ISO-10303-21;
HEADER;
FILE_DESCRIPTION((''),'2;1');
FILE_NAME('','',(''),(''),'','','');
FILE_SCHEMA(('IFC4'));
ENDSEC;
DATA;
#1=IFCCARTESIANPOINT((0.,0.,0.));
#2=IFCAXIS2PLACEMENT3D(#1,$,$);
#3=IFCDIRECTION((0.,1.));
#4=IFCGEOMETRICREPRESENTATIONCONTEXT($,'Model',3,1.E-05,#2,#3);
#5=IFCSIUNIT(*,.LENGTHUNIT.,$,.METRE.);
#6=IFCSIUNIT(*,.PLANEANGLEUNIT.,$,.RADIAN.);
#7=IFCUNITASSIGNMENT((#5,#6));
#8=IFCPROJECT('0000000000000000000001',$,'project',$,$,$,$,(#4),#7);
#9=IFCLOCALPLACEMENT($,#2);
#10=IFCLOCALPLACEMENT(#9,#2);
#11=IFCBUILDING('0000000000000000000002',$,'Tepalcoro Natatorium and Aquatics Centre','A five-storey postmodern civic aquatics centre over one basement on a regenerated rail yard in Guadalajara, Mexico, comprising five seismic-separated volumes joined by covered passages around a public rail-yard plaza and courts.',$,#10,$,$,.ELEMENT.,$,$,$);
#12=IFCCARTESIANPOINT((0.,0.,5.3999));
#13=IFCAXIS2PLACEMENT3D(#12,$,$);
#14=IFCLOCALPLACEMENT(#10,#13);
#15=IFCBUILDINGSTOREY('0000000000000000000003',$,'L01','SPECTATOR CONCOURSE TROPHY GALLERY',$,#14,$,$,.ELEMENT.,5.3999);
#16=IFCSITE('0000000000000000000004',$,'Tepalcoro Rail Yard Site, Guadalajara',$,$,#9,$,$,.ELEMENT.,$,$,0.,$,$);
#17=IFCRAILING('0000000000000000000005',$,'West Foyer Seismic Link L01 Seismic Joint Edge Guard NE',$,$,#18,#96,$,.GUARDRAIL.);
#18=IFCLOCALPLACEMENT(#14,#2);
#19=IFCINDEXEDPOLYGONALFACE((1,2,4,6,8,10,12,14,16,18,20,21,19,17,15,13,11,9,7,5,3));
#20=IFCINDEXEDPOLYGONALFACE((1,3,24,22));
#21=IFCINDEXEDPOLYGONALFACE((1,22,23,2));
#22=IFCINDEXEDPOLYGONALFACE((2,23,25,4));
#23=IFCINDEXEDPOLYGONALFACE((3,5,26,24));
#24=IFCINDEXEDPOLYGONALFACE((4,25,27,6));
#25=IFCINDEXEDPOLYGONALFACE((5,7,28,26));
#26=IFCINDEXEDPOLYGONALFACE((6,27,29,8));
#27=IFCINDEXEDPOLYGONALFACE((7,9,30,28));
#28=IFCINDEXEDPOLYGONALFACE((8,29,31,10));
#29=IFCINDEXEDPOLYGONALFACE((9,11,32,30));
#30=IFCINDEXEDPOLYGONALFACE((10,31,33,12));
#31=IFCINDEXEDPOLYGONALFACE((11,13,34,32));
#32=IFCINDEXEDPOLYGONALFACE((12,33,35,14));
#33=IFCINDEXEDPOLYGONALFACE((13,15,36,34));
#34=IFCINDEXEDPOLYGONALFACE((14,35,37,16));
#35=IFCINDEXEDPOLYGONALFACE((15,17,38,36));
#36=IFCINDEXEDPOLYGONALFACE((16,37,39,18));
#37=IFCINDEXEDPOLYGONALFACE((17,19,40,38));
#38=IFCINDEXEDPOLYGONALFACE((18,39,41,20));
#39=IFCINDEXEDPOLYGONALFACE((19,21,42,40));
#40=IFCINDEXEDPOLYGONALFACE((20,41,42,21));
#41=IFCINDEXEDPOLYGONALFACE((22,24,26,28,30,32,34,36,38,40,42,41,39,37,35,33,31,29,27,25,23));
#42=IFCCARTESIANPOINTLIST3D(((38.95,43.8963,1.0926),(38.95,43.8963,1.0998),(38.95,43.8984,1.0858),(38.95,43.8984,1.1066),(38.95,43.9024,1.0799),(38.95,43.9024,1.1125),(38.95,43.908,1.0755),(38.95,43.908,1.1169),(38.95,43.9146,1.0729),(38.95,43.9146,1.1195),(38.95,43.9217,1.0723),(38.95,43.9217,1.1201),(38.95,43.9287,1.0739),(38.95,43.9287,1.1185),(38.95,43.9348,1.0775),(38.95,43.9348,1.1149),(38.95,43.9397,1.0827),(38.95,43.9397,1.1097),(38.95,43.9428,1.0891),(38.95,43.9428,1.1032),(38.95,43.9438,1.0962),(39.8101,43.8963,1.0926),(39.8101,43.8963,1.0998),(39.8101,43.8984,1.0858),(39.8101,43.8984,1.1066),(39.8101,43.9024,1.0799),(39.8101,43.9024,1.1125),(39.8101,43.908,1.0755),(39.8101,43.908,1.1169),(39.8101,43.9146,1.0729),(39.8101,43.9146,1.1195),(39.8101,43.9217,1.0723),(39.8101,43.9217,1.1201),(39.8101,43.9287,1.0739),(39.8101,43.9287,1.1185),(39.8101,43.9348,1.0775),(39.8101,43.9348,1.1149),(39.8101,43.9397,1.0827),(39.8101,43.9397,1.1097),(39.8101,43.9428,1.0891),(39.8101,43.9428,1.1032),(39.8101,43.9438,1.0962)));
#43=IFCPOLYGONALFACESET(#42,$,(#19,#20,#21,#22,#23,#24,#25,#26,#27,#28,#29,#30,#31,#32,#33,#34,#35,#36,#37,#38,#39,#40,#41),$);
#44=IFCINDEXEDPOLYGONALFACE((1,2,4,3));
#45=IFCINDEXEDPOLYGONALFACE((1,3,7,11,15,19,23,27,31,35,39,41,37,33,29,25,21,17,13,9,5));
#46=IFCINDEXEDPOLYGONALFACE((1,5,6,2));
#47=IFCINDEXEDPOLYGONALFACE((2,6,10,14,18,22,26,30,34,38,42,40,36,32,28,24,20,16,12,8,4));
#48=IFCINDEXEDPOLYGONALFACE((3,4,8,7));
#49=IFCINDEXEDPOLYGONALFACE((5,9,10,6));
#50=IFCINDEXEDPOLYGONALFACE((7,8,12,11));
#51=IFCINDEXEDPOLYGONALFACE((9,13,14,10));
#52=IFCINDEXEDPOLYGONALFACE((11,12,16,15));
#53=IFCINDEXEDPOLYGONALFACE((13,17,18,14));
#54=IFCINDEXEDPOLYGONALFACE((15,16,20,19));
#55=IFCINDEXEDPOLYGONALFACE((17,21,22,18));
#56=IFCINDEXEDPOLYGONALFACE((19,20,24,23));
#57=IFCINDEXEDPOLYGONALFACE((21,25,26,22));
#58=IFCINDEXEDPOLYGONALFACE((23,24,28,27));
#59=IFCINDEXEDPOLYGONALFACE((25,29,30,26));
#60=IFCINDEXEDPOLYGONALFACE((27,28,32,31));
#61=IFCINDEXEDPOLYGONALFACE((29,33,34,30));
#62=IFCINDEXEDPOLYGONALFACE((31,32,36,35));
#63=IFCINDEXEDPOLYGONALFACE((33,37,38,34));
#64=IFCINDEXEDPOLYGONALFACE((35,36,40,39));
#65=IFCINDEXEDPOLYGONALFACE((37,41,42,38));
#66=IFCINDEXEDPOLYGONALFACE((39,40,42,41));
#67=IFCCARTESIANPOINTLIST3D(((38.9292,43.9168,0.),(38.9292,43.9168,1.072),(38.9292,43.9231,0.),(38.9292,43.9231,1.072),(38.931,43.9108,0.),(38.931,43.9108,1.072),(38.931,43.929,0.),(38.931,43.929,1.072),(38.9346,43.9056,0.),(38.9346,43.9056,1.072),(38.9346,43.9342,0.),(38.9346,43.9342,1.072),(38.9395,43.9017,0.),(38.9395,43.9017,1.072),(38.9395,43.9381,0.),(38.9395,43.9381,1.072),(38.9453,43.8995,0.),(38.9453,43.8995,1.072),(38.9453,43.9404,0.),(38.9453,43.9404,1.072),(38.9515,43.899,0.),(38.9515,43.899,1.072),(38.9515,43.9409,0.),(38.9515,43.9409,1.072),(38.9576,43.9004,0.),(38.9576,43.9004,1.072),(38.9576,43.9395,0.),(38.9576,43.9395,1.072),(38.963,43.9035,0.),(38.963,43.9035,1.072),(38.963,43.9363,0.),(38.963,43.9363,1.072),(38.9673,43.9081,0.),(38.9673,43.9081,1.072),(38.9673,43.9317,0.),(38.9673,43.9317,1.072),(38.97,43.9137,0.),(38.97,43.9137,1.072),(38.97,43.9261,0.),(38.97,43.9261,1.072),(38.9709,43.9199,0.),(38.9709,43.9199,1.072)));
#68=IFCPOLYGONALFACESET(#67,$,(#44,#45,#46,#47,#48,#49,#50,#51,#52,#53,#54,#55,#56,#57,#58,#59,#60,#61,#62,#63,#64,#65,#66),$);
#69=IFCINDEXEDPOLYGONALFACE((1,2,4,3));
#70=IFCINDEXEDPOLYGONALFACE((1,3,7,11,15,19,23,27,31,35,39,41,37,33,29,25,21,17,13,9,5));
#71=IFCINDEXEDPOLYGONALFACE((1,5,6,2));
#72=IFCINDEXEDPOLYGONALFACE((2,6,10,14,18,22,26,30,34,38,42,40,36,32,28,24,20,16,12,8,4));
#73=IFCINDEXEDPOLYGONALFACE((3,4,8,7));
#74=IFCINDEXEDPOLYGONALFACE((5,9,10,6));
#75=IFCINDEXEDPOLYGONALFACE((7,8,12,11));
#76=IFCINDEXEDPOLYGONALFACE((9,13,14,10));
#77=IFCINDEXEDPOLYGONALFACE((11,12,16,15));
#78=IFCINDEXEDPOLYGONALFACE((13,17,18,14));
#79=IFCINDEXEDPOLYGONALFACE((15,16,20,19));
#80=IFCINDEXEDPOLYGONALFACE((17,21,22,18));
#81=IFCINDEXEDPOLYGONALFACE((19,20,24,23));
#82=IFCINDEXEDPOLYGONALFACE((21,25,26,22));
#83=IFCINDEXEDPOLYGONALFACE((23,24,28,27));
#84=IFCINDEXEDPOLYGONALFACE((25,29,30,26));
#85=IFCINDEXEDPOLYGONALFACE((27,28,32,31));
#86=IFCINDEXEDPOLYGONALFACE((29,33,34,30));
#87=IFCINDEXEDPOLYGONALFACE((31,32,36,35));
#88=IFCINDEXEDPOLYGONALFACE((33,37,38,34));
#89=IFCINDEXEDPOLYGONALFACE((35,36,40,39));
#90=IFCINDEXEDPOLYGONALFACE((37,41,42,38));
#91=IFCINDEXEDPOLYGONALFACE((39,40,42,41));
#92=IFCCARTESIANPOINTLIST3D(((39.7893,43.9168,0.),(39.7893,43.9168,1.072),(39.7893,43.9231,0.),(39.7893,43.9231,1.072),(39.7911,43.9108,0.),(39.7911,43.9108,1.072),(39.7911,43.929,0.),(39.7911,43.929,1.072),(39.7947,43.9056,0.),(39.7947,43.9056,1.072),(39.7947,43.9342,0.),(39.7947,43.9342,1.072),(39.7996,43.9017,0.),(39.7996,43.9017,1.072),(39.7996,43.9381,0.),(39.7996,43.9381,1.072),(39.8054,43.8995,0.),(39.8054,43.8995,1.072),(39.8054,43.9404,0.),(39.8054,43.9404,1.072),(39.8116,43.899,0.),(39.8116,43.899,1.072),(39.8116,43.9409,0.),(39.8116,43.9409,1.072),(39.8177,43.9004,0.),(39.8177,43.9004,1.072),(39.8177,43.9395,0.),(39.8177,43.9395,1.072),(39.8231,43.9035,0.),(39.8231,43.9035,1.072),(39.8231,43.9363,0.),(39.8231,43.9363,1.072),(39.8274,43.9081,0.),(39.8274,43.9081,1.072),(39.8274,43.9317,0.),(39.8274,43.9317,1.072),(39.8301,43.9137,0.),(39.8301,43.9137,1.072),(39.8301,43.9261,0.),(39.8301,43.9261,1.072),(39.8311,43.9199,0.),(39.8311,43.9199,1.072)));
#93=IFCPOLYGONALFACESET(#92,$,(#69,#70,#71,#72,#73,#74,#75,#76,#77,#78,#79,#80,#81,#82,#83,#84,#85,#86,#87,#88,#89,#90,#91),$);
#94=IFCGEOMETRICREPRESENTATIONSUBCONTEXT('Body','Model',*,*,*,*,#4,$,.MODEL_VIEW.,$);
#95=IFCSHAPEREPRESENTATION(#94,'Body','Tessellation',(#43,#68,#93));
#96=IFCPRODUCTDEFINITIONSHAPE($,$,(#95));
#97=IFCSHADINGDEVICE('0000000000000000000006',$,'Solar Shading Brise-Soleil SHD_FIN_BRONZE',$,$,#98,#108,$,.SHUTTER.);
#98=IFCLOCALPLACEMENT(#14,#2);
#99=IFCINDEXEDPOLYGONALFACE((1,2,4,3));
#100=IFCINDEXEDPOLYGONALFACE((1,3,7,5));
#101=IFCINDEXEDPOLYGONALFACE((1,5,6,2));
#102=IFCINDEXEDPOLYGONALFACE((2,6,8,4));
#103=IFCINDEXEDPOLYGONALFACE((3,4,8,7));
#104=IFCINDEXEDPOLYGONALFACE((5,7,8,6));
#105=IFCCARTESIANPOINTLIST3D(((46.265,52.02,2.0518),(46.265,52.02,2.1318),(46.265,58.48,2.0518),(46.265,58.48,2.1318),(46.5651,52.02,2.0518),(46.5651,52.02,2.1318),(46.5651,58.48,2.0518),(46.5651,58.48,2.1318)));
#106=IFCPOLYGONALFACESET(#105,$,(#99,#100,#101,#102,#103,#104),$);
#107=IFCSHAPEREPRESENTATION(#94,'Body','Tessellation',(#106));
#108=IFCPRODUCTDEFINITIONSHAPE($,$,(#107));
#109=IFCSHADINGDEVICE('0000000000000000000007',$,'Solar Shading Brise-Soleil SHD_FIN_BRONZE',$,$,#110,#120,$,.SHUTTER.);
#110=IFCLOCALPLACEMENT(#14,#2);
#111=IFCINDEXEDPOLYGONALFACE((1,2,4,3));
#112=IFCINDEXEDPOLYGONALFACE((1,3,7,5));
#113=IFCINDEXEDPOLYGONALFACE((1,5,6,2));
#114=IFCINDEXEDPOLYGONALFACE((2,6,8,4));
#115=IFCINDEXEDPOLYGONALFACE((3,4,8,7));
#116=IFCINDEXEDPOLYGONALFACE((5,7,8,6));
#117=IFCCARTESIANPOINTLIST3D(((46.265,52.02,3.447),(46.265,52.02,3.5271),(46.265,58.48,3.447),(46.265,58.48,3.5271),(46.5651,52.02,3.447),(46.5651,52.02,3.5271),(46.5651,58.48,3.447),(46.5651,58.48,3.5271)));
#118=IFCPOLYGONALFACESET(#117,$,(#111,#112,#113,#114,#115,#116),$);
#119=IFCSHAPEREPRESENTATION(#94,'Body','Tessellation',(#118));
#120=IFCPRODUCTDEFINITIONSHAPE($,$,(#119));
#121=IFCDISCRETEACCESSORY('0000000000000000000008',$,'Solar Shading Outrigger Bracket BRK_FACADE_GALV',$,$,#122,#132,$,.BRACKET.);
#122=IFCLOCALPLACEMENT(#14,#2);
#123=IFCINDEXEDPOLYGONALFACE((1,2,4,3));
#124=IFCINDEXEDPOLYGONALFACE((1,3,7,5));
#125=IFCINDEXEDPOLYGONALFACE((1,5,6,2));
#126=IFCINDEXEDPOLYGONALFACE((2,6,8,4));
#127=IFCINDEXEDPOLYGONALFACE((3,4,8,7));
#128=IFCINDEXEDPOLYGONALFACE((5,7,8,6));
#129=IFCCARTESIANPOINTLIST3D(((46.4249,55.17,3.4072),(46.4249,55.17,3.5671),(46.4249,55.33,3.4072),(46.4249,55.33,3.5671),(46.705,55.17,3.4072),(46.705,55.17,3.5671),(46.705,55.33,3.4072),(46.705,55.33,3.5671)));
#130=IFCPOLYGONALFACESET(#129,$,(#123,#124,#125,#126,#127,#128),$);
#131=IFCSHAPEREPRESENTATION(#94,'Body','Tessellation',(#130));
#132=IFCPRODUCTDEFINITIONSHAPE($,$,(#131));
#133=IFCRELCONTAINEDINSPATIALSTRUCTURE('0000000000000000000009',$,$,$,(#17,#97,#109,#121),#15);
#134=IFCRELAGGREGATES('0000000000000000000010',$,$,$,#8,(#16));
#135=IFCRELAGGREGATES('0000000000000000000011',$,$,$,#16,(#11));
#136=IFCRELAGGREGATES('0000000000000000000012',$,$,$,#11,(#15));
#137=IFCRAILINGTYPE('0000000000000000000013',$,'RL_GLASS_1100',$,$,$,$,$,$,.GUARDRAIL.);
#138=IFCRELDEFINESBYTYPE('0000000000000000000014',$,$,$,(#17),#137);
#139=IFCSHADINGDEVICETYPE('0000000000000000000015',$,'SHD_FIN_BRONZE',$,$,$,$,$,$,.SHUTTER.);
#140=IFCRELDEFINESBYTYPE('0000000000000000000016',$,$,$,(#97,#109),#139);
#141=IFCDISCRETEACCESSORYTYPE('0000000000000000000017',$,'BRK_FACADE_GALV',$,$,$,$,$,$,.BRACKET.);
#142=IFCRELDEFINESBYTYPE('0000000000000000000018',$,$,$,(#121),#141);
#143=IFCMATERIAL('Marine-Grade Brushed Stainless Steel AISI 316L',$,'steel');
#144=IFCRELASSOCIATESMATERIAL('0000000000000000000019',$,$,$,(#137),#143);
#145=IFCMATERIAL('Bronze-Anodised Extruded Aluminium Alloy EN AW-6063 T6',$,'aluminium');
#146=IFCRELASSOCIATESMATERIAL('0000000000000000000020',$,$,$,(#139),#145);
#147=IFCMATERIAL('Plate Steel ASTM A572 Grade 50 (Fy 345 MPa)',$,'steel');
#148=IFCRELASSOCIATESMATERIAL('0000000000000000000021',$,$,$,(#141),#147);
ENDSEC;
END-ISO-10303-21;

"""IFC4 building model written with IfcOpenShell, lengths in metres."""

from ifc_helpers import new_model, si_unit, direction, frame, origin, origin_2d, place, context, subcontext, project, spatial, rectangle, circle, extrude, material, type_object, element, save


model = new_model("IFC4")

# Units and contexts
model_context = context("Model", 3, precision=1e-05, world=origin(), true_north=direction((0.0, 1.0)))
body_context = subcontext(model_context, "Body", "Model", "MODEL_VIEW")
ifc_project = project(units=[si_unit("LENGTHUNIT", "METRE"), si_unit("PLANEANGLEUNIT", "RADIAN")], contexts=[model_context])

# Site, building, storey
site_placement = place(None, origin())
site = spatial("IfcSite", under=ifc_project, at=site_placement, Name="Tepalcoro Rail Yard Site, Guadalajara", CompositionType="ELEMENT", RefElevation=0.0)
building_placement = place(site_placement, origin())
building = spatial("IfcBuilding", under=site, at=building_placement, Name="Tepalcoro Natatorium and Aquatics Centre", Description="A five-storey postmodern civic aquatics centre over one basement on a regenerated rail yard in Guadalajara, Mexico, comprising five seismic-separated volumes joined by covered passages around a public rail-yard plaza and courts.", CompositionType="ELEMENT")
storey_placement = place(building_placement, frame((0.0, 0.0, 5.3999)))
storey = spatial("IfcBuildingStorey", under=building, at=storey_placement, Name="L01", Description="SPECTATOR CONCOURSE TROPHY GALLERY", CompositionType="ELEMENT", Elevation=5.3999)

# Shared definitions
ifc_material_1 = material(Name="Bronze-Anodised Extruded Aluminium Alloy EN AW-6063 T6", Category="aluminium")

# Railing
ifc_material_2 = material(Name="Marine-Grade Brushed Stainless Steel AISI 316L", Category="steel")
railing_type = type_object("IfcRailingType", Name="RL_GLASS_1100", PredefinedType="GUARDRAIL", material=ifc_material_2)
railing_placement = place(storey_placement, frame((38.95, 43.9199, 0.0)))
element("IfcRailing", 1, at=railing_placement, inside=storey, type_object=railing_type, Name="West Foyer Seismic Link L01 Seismic Joint Edge Guard NE", PredefinedType="GUARDRAIL", context=body_context, shape_type="SweptSolid", body=[
    extrude(circle(Radius=0.0239, at=origin_2d()), frame((0.0, 0.0, 1.0962), z_axis=(1.0, 0.0, 0.0), x_axis=(0.0, 1.0, 0.0)), (0.0, 0.0, 1.0), 0.8601),
    extrude(circle(Radius=0.021, at=origin_2d()), origin(), (0.0, 0.0, 1.0), 1.072),
    extrude(circle(Radius=0.021, at=origin_2d()), frame((0.8601, 0.0, 0.0)), (0.0, 0.0, 1.0), 1.072),
])

# Shading devices
shading_device_type = type_object("IfcShadingDeviceType", Name="SHD_FIN_BRONZE", PredefinedType="SHUTTER", material=ifc_material_1)
for number, where, z_axis, x_axis, name in (
    (2, (46.415, 55.25, 2.0518), (0.0, 0.0, 1.0), (1.0, 0.0, 0.0), "Solar Shading Brise-Soleil SHD_FIN_BRONZE"),
    (3, (46.415, 55.25, 3.447), (0.0, 0.0, 1.0), (1.0, 0.0, 0.0), "Solar Shading Brise-Soleil SHD_FIN_BRONZE"),
):
    element("IfcShadingDevice", number, at=place(storey_placement, frame(where, z_axis=z_axis, x_axis=x_axis)), inside=storey, type_object=shading_device_type, Name=name, PredefinedType="SHUTTER", context=body_context, shape_type="SweptSolid", body=[
        extrude(rectangle(XDim=0.3, YDim=6.46, at=origin_2d()), origin(), (0.0, 0.0, 1.0), 0.0801),
    ])

# Discrete accessory
ifc_material_3 = material(Name="Plate Steel ASTM A572 Grade 50 (Fy 345 MPa)", Category="steel")
discrete_accessory_type = type_object("IfcDiscreteAccessoryType", Name="BRK_FACADE_GALV", PredefinedType="BRACKET", material=ifc_material_3)
discrete_accessory_placement = place(storey_placement, frame((46.5649, 55.25, 3.4072), z_axis=(0.0, 0.0, 1.0), x_axis=(1.0, 0.0, 0.0)))
element("IfcDiscreteAccessory", 4, at=discrete_accessory_placement, inside=storey, type_object=discrete_accessory_type, Name="Solar Shading Outrigger Bracket BRK_FACADE_GALV", PredefinedType="BRACKET", context=body_context, shape_type="SweptSolid", body=[
    extrude(rectangle(XDim=0.28, YDim=0.1599, at=origin_2d()), origin(), (0.0, 0.0, 1.0), 0.1599),
])

save(model, "model.ifc")
